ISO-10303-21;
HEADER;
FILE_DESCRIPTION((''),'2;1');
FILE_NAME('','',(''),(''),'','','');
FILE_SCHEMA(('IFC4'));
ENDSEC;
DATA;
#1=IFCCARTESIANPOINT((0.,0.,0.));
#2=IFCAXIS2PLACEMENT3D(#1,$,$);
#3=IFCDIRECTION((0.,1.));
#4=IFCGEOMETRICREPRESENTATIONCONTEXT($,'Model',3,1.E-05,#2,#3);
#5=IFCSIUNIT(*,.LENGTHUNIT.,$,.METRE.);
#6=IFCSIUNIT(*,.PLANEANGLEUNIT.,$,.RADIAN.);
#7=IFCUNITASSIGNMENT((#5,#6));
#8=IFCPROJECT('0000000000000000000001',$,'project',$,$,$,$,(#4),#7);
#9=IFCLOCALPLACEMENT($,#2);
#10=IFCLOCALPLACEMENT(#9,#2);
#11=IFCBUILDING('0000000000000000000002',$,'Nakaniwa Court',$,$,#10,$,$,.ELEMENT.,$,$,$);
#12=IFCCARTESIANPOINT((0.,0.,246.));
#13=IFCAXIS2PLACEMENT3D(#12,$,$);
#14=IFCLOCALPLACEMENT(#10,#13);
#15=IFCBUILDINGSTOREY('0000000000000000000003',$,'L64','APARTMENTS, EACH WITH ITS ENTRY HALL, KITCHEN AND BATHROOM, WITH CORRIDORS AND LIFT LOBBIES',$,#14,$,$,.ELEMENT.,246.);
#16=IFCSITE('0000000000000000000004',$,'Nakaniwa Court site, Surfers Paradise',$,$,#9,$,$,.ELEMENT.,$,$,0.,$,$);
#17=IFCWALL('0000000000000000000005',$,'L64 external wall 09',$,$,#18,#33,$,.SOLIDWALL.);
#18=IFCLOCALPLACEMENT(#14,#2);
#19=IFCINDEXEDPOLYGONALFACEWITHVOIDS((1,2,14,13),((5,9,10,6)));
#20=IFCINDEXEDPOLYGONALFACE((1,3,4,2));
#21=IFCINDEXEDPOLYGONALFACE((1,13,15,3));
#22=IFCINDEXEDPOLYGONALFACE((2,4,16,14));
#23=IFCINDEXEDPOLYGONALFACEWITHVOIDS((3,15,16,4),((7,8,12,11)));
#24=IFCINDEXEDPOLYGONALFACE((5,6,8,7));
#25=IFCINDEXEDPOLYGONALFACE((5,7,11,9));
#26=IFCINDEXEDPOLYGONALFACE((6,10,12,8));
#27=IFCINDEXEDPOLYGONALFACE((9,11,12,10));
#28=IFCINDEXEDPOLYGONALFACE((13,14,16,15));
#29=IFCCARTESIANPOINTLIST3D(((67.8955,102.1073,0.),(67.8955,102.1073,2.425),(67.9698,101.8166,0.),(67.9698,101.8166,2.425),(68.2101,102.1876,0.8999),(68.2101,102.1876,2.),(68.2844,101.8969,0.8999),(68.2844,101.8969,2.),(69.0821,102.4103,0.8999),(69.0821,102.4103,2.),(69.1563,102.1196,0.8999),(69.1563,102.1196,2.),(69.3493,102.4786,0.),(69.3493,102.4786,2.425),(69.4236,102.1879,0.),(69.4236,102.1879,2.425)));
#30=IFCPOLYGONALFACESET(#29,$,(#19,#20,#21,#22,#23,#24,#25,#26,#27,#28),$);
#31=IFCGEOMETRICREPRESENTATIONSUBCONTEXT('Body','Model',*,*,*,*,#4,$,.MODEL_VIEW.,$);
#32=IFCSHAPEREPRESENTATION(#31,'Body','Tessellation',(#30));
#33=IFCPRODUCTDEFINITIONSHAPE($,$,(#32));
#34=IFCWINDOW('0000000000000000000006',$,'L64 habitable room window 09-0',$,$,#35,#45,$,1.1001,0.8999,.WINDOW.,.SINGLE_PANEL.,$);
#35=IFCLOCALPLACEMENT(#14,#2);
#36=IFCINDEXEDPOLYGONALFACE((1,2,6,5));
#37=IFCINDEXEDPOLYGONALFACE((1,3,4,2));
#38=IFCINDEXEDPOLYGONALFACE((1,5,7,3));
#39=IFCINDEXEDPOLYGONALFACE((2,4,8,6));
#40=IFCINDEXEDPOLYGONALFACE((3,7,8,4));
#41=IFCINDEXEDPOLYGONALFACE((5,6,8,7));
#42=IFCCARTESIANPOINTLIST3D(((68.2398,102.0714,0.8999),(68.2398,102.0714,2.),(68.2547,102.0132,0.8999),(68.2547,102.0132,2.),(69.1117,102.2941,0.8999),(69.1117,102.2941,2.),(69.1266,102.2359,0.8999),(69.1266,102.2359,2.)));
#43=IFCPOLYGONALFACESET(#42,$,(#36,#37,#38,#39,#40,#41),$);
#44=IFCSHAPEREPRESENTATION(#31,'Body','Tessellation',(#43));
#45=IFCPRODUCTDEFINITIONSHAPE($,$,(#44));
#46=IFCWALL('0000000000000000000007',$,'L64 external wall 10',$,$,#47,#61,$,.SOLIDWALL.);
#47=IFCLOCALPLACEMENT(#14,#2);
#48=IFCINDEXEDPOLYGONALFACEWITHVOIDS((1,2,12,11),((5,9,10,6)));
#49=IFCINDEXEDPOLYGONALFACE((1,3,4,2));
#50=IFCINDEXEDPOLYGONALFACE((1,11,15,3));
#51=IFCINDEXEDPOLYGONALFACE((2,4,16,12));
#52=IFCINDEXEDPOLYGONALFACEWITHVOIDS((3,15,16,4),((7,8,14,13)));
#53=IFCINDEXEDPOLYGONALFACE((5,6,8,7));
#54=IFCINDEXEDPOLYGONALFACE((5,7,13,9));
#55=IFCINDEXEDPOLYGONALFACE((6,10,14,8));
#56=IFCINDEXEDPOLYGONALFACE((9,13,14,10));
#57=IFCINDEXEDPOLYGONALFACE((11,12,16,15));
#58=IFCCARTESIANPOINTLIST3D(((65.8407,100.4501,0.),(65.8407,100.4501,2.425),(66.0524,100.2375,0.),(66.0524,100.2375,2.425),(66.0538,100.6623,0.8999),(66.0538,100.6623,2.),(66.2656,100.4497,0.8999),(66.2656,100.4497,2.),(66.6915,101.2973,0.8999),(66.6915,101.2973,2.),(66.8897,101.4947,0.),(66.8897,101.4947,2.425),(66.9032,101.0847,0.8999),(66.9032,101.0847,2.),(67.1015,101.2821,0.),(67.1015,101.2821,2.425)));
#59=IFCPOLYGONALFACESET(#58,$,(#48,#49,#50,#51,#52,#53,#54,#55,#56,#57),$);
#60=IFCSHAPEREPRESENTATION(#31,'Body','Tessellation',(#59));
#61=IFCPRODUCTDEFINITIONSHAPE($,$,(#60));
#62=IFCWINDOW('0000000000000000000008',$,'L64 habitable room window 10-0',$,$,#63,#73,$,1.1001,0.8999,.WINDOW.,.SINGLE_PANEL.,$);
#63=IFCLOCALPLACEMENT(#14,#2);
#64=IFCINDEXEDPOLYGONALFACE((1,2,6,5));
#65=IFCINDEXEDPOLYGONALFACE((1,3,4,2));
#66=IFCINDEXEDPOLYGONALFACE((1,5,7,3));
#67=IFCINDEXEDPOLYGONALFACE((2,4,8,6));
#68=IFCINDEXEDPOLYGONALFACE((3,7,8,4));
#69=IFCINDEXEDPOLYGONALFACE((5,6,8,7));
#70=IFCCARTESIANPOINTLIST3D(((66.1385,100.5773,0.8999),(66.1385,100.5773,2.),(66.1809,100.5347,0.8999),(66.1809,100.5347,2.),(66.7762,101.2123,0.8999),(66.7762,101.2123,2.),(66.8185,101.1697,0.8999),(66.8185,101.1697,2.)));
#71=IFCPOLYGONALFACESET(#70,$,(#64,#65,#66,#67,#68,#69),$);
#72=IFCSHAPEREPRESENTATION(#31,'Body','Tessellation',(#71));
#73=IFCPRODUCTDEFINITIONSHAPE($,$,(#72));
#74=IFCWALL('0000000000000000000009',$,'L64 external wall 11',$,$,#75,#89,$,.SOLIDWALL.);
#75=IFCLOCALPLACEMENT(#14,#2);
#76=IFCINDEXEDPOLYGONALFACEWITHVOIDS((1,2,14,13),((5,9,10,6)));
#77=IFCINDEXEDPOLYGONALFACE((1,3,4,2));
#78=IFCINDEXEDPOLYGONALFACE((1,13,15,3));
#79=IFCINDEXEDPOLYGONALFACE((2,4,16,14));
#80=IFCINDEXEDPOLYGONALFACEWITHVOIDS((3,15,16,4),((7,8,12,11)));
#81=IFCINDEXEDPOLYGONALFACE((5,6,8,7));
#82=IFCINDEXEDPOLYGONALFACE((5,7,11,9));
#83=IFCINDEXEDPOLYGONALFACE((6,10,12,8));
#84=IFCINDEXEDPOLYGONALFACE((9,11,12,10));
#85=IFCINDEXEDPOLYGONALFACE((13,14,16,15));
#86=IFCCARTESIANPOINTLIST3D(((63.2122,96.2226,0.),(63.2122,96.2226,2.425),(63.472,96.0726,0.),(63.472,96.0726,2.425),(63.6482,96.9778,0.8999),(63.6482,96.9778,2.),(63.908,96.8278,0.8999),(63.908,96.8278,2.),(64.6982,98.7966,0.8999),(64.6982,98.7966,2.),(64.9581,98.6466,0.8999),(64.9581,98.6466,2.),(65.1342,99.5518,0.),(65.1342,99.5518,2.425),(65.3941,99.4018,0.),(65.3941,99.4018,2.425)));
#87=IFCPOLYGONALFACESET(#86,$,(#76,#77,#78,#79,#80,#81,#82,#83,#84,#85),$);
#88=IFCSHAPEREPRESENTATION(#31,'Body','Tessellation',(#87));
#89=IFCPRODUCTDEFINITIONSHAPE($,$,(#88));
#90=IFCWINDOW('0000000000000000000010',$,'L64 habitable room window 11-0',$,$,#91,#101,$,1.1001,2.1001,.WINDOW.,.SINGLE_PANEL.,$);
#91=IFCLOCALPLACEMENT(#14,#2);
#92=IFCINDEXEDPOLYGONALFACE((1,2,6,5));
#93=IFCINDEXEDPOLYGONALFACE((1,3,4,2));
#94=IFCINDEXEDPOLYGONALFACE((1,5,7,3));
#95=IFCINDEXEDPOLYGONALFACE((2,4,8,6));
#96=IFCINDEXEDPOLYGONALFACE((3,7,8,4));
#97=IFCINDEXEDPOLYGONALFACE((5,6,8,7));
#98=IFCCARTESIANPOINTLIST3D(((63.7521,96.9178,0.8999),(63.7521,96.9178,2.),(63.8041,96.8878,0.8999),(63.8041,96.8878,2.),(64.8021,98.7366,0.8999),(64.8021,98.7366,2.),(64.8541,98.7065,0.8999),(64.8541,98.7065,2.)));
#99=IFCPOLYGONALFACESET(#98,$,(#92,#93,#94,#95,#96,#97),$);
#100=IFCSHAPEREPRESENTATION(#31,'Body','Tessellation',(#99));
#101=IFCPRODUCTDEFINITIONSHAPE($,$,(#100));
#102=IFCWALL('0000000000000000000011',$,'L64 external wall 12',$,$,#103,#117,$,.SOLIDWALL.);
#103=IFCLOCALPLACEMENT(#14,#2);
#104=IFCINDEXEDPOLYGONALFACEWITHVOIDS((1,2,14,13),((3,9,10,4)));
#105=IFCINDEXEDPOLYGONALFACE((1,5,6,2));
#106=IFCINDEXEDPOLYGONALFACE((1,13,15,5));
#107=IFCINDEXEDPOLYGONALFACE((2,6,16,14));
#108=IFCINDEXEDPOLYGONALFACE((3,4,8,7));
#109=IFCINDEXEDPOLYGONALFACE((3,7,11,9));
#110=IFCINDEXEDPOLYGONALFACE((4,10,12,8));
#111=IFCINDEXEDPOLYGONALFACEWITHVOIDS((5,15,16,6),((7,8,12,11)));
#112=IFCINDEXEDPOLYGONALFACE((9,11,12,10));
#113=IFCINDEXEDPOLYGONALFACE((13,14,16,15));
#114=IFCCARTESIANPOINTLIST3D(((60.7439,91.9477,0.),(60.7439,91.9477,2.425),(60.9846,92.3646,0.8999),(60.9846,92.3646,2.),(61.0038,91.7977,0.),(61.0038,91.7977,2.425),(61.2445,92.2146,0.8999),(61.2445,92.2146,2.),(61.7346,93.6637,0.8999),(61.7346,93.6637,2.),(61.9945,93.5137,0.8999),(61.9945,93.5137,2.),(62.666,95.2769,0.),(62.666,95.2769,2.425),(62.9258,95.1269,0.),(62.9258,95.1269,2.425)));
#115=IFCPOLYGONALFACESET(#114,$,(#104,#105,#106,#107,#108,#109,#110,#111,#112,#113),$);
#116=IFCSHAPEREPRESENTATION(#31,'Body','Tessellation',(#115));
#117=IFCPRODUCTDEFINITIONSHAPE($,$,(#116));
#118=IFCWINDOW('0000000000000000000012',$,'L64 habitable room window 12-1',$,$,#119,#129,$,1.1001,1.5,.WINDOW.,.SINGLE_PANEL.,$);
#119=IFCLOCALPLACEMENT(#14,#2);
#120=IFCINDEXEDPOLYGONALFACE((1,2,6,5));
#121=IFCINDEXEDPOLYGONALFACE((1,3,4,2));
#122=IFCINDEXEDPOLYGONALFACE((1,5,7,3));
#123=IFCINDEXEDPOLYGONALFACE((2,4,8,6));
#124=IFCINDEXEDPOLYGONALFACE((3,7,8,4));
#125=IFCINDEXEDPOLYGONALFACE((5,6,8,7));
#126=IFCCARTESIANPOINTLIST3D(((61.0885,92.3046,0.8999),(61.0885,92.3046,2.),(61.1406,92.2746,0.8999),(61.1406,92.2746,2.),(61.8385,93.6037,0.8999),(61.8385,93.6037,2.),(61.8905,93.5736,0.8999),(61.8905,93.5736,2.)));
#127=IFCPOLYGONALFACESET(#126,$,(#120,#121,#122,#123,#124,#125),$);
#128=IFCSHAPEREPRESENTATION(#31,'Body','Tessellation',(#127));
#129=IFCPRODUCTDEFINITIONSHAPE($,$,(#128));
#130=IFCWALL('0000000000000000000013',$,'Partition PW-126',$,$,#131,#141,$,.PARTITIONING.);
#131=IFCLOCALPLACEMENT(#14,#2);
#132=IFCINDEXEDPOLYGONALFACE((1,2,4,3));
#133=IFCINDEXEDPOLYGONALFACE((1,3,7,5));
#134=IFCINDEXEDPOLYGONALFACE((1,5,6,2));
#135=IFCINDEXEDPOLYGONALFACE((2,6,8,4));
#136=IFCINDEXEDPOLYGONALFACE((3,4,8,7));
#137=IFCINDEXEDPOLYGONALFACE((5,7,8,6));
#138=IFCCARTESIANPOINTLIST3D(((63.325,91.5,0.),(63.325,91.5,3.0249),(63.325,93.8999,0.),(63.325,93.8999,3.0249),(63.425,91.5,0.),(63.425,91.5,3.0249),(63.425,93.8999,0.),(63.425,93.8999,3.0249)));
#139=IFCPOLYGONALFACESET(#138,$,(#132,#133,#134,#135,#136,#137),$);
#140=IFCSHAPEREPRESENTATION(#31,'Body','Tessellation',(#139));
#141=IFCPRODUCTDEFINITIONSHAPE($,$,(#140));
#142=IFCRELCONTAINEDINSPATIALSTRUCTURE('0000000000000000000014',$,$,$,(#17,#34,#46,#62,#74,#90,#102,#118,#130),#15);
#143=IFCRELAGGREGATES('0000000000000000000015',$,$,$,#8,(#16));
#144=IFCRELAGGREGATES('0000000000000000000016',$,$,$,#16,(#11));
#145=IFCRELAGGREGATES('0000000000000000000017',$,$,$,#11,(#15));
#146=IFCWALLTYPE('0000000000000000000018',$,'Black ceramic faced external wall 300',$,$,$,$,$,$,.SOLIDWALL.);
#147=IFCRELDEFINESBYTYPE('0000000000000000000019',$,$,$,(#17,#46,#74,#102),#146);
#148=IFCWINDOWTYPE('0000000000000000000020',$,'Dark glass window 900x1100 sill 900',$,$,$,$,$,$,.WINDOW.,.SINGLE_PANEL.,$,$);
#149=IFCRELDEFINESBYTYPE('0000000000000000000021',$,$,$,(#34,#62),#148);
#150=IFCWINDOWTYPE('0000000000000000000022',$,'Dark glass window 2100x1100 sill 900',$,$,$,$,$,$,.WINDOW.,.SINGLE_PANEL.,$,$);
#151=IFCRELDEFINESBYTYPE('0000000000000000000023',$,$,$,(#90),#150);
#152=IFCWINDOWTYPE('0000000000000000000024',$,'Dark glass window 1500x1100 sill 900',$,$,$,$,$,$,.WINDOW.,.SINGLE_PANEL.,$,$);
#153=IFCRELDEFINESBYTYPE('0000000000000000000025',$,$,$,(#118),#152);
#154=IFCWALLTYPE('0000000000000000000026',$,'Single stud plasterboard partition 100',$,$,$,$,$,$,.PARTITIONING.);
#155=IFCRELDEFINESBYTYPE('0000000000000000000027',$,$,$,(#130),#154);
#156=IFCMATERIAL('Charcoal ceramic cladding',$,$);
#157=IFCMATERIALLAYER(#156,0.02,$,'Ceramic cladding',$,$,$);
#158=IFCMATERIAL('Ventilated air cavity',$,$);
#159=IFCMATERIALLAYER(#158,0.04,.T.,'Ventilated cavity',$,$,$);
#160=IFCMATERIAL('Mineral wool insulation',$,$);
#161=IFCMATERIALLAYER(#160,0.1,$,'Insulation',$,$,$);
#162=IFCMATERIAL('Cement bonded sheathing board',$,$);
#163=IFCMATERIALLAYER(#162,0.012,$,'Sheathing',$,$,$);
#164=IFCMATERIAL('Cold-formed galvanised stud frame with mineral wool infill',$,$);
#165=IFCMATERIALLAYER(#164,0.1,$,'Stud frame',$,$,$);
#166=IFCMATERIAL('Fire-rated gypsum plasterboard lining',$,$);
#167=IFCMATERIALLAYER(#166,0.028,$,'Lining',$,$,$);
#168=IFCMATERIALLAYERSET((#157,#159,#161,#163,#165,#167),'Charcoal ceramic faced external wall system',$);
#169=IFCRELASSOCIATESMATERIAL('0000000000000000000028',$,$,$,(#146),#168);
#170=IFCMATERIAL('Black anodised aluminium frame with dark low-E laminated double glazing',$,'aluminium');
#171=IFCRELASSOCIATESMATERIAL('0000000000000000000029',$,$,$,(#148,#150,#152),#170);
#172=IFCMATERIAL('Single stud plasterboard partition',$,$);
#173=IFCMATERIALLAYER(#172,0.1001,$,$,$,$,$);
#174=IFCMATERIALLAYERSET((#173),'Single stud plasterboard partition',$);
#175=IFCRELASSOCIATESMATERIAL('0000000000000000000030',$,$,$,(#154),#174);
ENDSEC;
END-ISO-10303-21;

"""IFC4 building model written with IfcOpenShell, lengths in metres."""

from ifc_helpers import new_model, si_unit, direction, frame, frame_2d, origin, place, context, subcontext, project, spatial, rectangle, extrude, material, layer, layer_set, type_object, element, fill, save


model = new_model("IFC4")

# Units and contexts
model_context = context("Model", 3, precision=1e-05, world=origin(), true_north=direction((0.0, 1.0)))
body_context = subcontext(model_context, "Body", "Model", "MODEL_VIEW")
ifc_project = project(units=[si_unit("LENGTHUNIT", "METRE"), si_unit("PLANEANGLEUNIT", "RADIAN")], contexts=[model_context])

# Site, building, storey
site_placement = place(None, origin())
site = spatial("IfcSite", under=ifc_project, at=site_placement, Name="Nakaniwa Court site, Surfers Paradise", CompositionType="ELEMENT", RefElevation=0.0)
building_placement = place(site_placement, origin())
building = spatial("IfcBuilding", under=site, at=building_placement, Name="Nakaniwa Court", CompositionType="ELEMENT")
storey_placement = place(building_placement, frame((0.0, 0.0, 246.0)))
storey = spatial("IfcBuildingStorey", under=building, at=storey_placement, Name="L64", Description="APARTMENTS, EACH WITH ITS ENTRY HALL, KITCHEN AND BATHROOM, WITH CORRIDORS AND LIFT LOBBIES", CompositionType="ELEMENT", Elevation=246.0)

# Walls, openings, windows
ifc_material_1 = material(Name="Charcoal ceramic cladding")
ifc_layer_1 = layer(ifc_material_1, 0.02, Name="Ceramic cladding")
ifc_material_2 = material(Name="Ventilated air cavity")
ifc_layer_2 = layer(ifc_material_2, 0.04, ventilated=True, Name="Ventilated cavity")
ifc_material_3 = material(Name="Mineral wool insulation")
ifc_layer_3 = layer(ifc_material_3, 0.1, Name="Insulation")
ifc_material_4 = material(Name="Cement bonded sheathing board")
ifc_layer_4 = layer(ifc_material_4, 0.012, Name="Sheathing")
ifc_material_5 = material(Name="Cold-formed galvanised stud frame with mineral wool infill")
ifc_layer_5 = layer(ifc_material_5, 0.1, Name="Stud frame")
ifc_material_6 = material(Name="Fire-rated gypsum plasterboard lining")
ifc_layer_6 = layer(ifc_material_6, 0.028, Name="Lining")
ifc_layer_set_1 = layer_set([ifc_layer_1, ifc_layer_2, ifc_layer_3, ifc_layer_4, ifc_layer_5, ifc_layer_6], Name="Charcoal ceramic faced external wall system")
wall_type_1 = type_object("IfcWallType", Name="Black ceramic faced external wall 300", PredefinedType="SOLIDWALL", material=ifc_layer_set_1)
wall_1_placement = place(storey_placement, frame((69.3865, 102.3333, 0.0), z_axis=(0.0, 0.0, 1.0), x_axis=(-0.968895, -0.247471, 0.0)))
wall_1 = element("IfcWall", 1, at=wall_1_placement, inside=storey, type_object=wall_type_1, Name="L64 external wall 09", PredefinedType="SOLIDWALL", context=body_context, shape_type="SweptSolid", body=[
    extrude(rectangle(XDim=1.5005, YDim=0.3, at=frame_2d((0.7502, 0.0))), origin(), (0.0, 0.0, 1.0), 2.425),
])
opening_1_placement = place(wall_1_placement, frame((0.2759, 0.0, 0.8999)))
opening_1 = element("IfcOpeningElement", 2, at=opening_1_placement, cuts=wall_1, PredefinedType="OPENING", context=body_context, shape_type="SweptSolid", body=[
    extrude(rectangle(XDim=0.8999, YDim=1.1001, at=frame_2d((0.45, 0.55))), frame((0.0, 0.1599, 0.0), z_axis=(0.0, -1.0, 0.0), x_axis=(1.0, 0.0, 0.0)), (0.0, 0.0, 1.0), 0.3201),
])
ifc_material_7 = material(Name="Black anodised aluminium frame with dark low-E laminated double glazing", Category="aluminium")
window_type_1 = type_object("IfcWindowType", Name="Dark glass window 900x1100 sill 900", PartitioningType="SINGLE_PANEL", PredefinedType="WINDOW", material=ifc_material_7)
window_1_placement = place(opening_1_placement, origin())
window_1 = element("IfcWindow", 3, at=window_1_placement, inside=storey, type_object=window_type_1, Name="L64 habitable room window 09-0", OverallHeight=1.1001, OverallWidth=0.8999, PartitioningType="SINGLE_PANEL", PredefinedType="WINDOW", context=body_context, shape_type="SweptSolid", body=[
    extrude(rectangle(XDim=0.8999, YDim=1.1001, at=frame_2d((0.45, 0.55))), frame((0.0, 0.03, 0.0), z_axis=(0.0, -1.0, 0.0), x_axis=(1.0, 0.0, 0.0)), (0.0, 0.0, 1.0), 0.0601),
])
fill(opening_1, window_1)
wall_2_placement = place(storey_placement, frame((66.9956, 101.3884, 0.0), z_axis=(0.0, 0.0, 1.0), x_axis=(-0.708589, -0.705621, 0.0)))
wall_2 = element("IfcWall", 4, at=wall_2_placement, inside=storey, type_object=wall_type_1, Name="L64 external wall 10", PredefinedType="SOLIDWALL", context=body_context, shape_type="SweptSolid", body=[
    extrude(rectangle(XDim=1.4805, YDim=0.3, at=frame_2d((0.7402, 0.0))), origin(), (0.0, 0.0, 1.0), 2.425),
])
opening_2_placement = place(wall_2_placement, frame((0.2798, 0.0, 0.8999)))
opening_2 = element("IfcOpeningElement", 5, at=opening_2_placement, cuts=wall_2, PredefinedType="OPENING", context=body_context, shape_type="SweptSolid", body=[
    extrude(rectangle(XDim=0.8999, YDim=1.1001, at=frame_2d((0.45, 0.55))), frame((0.0, 0.1599, 0.0), z_axis=(0.0, -1.0, 0.0), x_axis=(1.0, 0.0, 0.0)), (0.0, 0.0, 1.0), 0.3201),
])
window_2_placement = place(opening_2_placement, origin())
window_2 = element("IfcWindow", 6, at=window_2_placement, inside=storey, type_object=window_type_1, Name="L64 habitable room window 10-0", OverallHeight=1.1001, OverallWidth=0.8999, PartitioningType="SINGLE_PANEL", PredefinedType="WINDOW", context=body_context, shape_type="SweptSolid", body=[
    extrude(rectangle(XDim=0.8999, YDim=1.1001, at=frame_2d((0.45, 0.55))), frame((0.0, 0.03, 0.0), z_axis=(0.0, -1.0, 0.0), x_axis=(1.0, 0.0, 0.0)), (0.0, 0.0, 1.0), 0.0601),
])
fill(opening_2, window_2)
wall_3_placement = place(storey_placement, frame((65.2642, 99.4768, 0.0), z_axis=(0.0, 0.0, 1.0), x_axis=(-0.499984, -0.866034, 0.0)))
wall_3 = element("IfcWall", 7, at=wall_3_placement, inside=storey, type_object=wall_type_1, Name="L64 external wall 11", PredefinedType="SOLIDWALL", context=body_context, shape_type="SweptSolid", body=[
    extrude(rectangle(XDim=3.8442, YDim=0.3, at=frame_2d((1.9221, 0.0))), origin(), (0.0, 0.0, 1.0), 2.425),
])
opening_3_placement = place(wall_3_placement, frame((0.8721, 0.0, 0.8999)))
opening_3 = element("IfcOpeningElement", 8, at=opening_3_placement, cuts=wall_3, PredefinedType="OPENING", context=body_context, shape_type="SweptSolid", body=[
    extrude(rectangle(XDim=2.1001, YDim=1.1001, at=frame_2d((1.05, 0.55))), frame((0.0, 0.1599, 0.0), z_axis=(0.0, -1.0, 0.0), x_axis=(1.0, 0.0, 0.0)), (0.0, 0.0, 1.0), 0.3201),
])
window_type_2 = type_object("IfcWindowType", Name="Dark glass window 2100x1100 sill 900", PartitioningType="SINGLE_PANEL", PredefinedType="WINDOW", material=ifc_material_7)
window_3_placement = place(opening_3_placement, origin())
window_3 = element("IfcWindow", 9, at=window_3_placement, inside=storey, type_object=window_type_2, Name="L64 habitable room window 11-0", OverallHeight=1.1001, OverallWidth=2.1001, PartitioningType="SINGLE_PANEL", PredefinedType="WINDOW", context=body_context, shape_type="SweptSolid", body=[
    extrude(rectangle(XDim=2.1001, YDim=1.1001, at=frame_2d((1.05, 0.55))), frame((0.0, 0.03, 0.0), z_axis=(0.0, -1.0, 0.0), x_axis=(1.0, 0.0, 0.0)), (0.0, 0.0, 1.0), 0.0601),
])
fill(opening_3, window_3)
wall_4_placement = place(storey_placement, frame((62.7959, 95.2019, 0.0), z_axis=(0.0, 0.0, 1.0), x_axis=(-0.499984, -0.866034, 0.0)))
wall_4 = element("IfcWall", 10, at=wall_4_placement, inside=storey, type_object=wall_type_1, Name="L64 external wall 12", PredefinedType="SOLIDWALL", context=body_context, shape_type="SweptSolid", body=[
    extrude(rectangle(XDim=3.8442, YDim=0.3, at=frame_2d((1.9221, 0.0))), origin(), (0.0, 0.0, 1.0), 2.425),
])
opening_4_placement = place(wall_4_placement, frame((1.8628, 0.0, 0.8999)))
opening_4 = element("IfcOpeningElement", 11, at=opening_4_placement, cuts=wall_4, PredefinedType="OPENING", context=body_context, shape_type="SweptSolid", body=[
    extrude(rectangle(XDim=1.5, YDim=1.1001, at=frame_2d((0.75, 0.55))), frame((0.0, 0.1599, 0.0), z_axis=(0.0, -1.0, 0.0), x_axis=(1.0, 0.0, 0.0)), (0.0, 0.0, 1.0), 0.3201),
])
window_type_3 = type_object("IfcWindowType", Name="Dark glass window 1500x1100 sill 900", PartitioningType="SINGLE_PANEL", PredefinedType="WINDOW", material=ifc_material_7)
window_4_placement = place(opening_4_placement, origin())
window_4 = element("IfcWindow", 12, at=window_4_placement, inside=storey, type_object=window_type_3, Name="L64 habitable room window 12-1", OverallHeight=1.1001, OverallWidth=1.5, PartitioningType="SINGLE_PANEL", PredefinedType="WINDOW", context=body_context, shape_type="SweptSolid", body=[
    extrude(rectangle(XDim=1.5, YDim=1.1001, at=frame_2d((0.75, 0.55))), frame((0.0, 0.03, 0.0), z_axis=(0.0, -1.0, 0.0), x_axis=(1.0, 0.0, 0.0)), (0.0, 0.0, 1.0), 0.0601),
])
fill(opening_4, window_4)

# Wall
ifc_material_8 = material(Name="Single stud plasterboard partition")
ifc_layer_7 = layer(ifc_material_8, 0.1001)
ifc_layer_set_2 = layer_set([ifc_layer_7], Name="Single stud plasterboard partition")
wall_type_2 = type_object("IfcWallType", Name="Single stud plasterboard partition 100", PredefinedType="PARTITIONING", material=ifc_layer_set_2)
wall_5_placement = place(storey_placement, frame((63.375, 91.5, 0.0), z_axis=(0.0, 0.0, 1.0), x_axis=(0.0, 1.0, 0.0)))
element("IfcWall", 13, at=wall_5_placement, inside=storey, type_object=wall_type_2, Name="Partition PW-126", PredefinedType="PARTITIONING", context=body_context, shape_type="SweptSolid", body=[
    extrude(rectangle(XDim=2.3999, YDim=0.1001, at=frame_2d((1.2, 0.0))), origin(), (0.0, 0.0, 1.0), 3.0249),
])

save(model, "model.ifc")
